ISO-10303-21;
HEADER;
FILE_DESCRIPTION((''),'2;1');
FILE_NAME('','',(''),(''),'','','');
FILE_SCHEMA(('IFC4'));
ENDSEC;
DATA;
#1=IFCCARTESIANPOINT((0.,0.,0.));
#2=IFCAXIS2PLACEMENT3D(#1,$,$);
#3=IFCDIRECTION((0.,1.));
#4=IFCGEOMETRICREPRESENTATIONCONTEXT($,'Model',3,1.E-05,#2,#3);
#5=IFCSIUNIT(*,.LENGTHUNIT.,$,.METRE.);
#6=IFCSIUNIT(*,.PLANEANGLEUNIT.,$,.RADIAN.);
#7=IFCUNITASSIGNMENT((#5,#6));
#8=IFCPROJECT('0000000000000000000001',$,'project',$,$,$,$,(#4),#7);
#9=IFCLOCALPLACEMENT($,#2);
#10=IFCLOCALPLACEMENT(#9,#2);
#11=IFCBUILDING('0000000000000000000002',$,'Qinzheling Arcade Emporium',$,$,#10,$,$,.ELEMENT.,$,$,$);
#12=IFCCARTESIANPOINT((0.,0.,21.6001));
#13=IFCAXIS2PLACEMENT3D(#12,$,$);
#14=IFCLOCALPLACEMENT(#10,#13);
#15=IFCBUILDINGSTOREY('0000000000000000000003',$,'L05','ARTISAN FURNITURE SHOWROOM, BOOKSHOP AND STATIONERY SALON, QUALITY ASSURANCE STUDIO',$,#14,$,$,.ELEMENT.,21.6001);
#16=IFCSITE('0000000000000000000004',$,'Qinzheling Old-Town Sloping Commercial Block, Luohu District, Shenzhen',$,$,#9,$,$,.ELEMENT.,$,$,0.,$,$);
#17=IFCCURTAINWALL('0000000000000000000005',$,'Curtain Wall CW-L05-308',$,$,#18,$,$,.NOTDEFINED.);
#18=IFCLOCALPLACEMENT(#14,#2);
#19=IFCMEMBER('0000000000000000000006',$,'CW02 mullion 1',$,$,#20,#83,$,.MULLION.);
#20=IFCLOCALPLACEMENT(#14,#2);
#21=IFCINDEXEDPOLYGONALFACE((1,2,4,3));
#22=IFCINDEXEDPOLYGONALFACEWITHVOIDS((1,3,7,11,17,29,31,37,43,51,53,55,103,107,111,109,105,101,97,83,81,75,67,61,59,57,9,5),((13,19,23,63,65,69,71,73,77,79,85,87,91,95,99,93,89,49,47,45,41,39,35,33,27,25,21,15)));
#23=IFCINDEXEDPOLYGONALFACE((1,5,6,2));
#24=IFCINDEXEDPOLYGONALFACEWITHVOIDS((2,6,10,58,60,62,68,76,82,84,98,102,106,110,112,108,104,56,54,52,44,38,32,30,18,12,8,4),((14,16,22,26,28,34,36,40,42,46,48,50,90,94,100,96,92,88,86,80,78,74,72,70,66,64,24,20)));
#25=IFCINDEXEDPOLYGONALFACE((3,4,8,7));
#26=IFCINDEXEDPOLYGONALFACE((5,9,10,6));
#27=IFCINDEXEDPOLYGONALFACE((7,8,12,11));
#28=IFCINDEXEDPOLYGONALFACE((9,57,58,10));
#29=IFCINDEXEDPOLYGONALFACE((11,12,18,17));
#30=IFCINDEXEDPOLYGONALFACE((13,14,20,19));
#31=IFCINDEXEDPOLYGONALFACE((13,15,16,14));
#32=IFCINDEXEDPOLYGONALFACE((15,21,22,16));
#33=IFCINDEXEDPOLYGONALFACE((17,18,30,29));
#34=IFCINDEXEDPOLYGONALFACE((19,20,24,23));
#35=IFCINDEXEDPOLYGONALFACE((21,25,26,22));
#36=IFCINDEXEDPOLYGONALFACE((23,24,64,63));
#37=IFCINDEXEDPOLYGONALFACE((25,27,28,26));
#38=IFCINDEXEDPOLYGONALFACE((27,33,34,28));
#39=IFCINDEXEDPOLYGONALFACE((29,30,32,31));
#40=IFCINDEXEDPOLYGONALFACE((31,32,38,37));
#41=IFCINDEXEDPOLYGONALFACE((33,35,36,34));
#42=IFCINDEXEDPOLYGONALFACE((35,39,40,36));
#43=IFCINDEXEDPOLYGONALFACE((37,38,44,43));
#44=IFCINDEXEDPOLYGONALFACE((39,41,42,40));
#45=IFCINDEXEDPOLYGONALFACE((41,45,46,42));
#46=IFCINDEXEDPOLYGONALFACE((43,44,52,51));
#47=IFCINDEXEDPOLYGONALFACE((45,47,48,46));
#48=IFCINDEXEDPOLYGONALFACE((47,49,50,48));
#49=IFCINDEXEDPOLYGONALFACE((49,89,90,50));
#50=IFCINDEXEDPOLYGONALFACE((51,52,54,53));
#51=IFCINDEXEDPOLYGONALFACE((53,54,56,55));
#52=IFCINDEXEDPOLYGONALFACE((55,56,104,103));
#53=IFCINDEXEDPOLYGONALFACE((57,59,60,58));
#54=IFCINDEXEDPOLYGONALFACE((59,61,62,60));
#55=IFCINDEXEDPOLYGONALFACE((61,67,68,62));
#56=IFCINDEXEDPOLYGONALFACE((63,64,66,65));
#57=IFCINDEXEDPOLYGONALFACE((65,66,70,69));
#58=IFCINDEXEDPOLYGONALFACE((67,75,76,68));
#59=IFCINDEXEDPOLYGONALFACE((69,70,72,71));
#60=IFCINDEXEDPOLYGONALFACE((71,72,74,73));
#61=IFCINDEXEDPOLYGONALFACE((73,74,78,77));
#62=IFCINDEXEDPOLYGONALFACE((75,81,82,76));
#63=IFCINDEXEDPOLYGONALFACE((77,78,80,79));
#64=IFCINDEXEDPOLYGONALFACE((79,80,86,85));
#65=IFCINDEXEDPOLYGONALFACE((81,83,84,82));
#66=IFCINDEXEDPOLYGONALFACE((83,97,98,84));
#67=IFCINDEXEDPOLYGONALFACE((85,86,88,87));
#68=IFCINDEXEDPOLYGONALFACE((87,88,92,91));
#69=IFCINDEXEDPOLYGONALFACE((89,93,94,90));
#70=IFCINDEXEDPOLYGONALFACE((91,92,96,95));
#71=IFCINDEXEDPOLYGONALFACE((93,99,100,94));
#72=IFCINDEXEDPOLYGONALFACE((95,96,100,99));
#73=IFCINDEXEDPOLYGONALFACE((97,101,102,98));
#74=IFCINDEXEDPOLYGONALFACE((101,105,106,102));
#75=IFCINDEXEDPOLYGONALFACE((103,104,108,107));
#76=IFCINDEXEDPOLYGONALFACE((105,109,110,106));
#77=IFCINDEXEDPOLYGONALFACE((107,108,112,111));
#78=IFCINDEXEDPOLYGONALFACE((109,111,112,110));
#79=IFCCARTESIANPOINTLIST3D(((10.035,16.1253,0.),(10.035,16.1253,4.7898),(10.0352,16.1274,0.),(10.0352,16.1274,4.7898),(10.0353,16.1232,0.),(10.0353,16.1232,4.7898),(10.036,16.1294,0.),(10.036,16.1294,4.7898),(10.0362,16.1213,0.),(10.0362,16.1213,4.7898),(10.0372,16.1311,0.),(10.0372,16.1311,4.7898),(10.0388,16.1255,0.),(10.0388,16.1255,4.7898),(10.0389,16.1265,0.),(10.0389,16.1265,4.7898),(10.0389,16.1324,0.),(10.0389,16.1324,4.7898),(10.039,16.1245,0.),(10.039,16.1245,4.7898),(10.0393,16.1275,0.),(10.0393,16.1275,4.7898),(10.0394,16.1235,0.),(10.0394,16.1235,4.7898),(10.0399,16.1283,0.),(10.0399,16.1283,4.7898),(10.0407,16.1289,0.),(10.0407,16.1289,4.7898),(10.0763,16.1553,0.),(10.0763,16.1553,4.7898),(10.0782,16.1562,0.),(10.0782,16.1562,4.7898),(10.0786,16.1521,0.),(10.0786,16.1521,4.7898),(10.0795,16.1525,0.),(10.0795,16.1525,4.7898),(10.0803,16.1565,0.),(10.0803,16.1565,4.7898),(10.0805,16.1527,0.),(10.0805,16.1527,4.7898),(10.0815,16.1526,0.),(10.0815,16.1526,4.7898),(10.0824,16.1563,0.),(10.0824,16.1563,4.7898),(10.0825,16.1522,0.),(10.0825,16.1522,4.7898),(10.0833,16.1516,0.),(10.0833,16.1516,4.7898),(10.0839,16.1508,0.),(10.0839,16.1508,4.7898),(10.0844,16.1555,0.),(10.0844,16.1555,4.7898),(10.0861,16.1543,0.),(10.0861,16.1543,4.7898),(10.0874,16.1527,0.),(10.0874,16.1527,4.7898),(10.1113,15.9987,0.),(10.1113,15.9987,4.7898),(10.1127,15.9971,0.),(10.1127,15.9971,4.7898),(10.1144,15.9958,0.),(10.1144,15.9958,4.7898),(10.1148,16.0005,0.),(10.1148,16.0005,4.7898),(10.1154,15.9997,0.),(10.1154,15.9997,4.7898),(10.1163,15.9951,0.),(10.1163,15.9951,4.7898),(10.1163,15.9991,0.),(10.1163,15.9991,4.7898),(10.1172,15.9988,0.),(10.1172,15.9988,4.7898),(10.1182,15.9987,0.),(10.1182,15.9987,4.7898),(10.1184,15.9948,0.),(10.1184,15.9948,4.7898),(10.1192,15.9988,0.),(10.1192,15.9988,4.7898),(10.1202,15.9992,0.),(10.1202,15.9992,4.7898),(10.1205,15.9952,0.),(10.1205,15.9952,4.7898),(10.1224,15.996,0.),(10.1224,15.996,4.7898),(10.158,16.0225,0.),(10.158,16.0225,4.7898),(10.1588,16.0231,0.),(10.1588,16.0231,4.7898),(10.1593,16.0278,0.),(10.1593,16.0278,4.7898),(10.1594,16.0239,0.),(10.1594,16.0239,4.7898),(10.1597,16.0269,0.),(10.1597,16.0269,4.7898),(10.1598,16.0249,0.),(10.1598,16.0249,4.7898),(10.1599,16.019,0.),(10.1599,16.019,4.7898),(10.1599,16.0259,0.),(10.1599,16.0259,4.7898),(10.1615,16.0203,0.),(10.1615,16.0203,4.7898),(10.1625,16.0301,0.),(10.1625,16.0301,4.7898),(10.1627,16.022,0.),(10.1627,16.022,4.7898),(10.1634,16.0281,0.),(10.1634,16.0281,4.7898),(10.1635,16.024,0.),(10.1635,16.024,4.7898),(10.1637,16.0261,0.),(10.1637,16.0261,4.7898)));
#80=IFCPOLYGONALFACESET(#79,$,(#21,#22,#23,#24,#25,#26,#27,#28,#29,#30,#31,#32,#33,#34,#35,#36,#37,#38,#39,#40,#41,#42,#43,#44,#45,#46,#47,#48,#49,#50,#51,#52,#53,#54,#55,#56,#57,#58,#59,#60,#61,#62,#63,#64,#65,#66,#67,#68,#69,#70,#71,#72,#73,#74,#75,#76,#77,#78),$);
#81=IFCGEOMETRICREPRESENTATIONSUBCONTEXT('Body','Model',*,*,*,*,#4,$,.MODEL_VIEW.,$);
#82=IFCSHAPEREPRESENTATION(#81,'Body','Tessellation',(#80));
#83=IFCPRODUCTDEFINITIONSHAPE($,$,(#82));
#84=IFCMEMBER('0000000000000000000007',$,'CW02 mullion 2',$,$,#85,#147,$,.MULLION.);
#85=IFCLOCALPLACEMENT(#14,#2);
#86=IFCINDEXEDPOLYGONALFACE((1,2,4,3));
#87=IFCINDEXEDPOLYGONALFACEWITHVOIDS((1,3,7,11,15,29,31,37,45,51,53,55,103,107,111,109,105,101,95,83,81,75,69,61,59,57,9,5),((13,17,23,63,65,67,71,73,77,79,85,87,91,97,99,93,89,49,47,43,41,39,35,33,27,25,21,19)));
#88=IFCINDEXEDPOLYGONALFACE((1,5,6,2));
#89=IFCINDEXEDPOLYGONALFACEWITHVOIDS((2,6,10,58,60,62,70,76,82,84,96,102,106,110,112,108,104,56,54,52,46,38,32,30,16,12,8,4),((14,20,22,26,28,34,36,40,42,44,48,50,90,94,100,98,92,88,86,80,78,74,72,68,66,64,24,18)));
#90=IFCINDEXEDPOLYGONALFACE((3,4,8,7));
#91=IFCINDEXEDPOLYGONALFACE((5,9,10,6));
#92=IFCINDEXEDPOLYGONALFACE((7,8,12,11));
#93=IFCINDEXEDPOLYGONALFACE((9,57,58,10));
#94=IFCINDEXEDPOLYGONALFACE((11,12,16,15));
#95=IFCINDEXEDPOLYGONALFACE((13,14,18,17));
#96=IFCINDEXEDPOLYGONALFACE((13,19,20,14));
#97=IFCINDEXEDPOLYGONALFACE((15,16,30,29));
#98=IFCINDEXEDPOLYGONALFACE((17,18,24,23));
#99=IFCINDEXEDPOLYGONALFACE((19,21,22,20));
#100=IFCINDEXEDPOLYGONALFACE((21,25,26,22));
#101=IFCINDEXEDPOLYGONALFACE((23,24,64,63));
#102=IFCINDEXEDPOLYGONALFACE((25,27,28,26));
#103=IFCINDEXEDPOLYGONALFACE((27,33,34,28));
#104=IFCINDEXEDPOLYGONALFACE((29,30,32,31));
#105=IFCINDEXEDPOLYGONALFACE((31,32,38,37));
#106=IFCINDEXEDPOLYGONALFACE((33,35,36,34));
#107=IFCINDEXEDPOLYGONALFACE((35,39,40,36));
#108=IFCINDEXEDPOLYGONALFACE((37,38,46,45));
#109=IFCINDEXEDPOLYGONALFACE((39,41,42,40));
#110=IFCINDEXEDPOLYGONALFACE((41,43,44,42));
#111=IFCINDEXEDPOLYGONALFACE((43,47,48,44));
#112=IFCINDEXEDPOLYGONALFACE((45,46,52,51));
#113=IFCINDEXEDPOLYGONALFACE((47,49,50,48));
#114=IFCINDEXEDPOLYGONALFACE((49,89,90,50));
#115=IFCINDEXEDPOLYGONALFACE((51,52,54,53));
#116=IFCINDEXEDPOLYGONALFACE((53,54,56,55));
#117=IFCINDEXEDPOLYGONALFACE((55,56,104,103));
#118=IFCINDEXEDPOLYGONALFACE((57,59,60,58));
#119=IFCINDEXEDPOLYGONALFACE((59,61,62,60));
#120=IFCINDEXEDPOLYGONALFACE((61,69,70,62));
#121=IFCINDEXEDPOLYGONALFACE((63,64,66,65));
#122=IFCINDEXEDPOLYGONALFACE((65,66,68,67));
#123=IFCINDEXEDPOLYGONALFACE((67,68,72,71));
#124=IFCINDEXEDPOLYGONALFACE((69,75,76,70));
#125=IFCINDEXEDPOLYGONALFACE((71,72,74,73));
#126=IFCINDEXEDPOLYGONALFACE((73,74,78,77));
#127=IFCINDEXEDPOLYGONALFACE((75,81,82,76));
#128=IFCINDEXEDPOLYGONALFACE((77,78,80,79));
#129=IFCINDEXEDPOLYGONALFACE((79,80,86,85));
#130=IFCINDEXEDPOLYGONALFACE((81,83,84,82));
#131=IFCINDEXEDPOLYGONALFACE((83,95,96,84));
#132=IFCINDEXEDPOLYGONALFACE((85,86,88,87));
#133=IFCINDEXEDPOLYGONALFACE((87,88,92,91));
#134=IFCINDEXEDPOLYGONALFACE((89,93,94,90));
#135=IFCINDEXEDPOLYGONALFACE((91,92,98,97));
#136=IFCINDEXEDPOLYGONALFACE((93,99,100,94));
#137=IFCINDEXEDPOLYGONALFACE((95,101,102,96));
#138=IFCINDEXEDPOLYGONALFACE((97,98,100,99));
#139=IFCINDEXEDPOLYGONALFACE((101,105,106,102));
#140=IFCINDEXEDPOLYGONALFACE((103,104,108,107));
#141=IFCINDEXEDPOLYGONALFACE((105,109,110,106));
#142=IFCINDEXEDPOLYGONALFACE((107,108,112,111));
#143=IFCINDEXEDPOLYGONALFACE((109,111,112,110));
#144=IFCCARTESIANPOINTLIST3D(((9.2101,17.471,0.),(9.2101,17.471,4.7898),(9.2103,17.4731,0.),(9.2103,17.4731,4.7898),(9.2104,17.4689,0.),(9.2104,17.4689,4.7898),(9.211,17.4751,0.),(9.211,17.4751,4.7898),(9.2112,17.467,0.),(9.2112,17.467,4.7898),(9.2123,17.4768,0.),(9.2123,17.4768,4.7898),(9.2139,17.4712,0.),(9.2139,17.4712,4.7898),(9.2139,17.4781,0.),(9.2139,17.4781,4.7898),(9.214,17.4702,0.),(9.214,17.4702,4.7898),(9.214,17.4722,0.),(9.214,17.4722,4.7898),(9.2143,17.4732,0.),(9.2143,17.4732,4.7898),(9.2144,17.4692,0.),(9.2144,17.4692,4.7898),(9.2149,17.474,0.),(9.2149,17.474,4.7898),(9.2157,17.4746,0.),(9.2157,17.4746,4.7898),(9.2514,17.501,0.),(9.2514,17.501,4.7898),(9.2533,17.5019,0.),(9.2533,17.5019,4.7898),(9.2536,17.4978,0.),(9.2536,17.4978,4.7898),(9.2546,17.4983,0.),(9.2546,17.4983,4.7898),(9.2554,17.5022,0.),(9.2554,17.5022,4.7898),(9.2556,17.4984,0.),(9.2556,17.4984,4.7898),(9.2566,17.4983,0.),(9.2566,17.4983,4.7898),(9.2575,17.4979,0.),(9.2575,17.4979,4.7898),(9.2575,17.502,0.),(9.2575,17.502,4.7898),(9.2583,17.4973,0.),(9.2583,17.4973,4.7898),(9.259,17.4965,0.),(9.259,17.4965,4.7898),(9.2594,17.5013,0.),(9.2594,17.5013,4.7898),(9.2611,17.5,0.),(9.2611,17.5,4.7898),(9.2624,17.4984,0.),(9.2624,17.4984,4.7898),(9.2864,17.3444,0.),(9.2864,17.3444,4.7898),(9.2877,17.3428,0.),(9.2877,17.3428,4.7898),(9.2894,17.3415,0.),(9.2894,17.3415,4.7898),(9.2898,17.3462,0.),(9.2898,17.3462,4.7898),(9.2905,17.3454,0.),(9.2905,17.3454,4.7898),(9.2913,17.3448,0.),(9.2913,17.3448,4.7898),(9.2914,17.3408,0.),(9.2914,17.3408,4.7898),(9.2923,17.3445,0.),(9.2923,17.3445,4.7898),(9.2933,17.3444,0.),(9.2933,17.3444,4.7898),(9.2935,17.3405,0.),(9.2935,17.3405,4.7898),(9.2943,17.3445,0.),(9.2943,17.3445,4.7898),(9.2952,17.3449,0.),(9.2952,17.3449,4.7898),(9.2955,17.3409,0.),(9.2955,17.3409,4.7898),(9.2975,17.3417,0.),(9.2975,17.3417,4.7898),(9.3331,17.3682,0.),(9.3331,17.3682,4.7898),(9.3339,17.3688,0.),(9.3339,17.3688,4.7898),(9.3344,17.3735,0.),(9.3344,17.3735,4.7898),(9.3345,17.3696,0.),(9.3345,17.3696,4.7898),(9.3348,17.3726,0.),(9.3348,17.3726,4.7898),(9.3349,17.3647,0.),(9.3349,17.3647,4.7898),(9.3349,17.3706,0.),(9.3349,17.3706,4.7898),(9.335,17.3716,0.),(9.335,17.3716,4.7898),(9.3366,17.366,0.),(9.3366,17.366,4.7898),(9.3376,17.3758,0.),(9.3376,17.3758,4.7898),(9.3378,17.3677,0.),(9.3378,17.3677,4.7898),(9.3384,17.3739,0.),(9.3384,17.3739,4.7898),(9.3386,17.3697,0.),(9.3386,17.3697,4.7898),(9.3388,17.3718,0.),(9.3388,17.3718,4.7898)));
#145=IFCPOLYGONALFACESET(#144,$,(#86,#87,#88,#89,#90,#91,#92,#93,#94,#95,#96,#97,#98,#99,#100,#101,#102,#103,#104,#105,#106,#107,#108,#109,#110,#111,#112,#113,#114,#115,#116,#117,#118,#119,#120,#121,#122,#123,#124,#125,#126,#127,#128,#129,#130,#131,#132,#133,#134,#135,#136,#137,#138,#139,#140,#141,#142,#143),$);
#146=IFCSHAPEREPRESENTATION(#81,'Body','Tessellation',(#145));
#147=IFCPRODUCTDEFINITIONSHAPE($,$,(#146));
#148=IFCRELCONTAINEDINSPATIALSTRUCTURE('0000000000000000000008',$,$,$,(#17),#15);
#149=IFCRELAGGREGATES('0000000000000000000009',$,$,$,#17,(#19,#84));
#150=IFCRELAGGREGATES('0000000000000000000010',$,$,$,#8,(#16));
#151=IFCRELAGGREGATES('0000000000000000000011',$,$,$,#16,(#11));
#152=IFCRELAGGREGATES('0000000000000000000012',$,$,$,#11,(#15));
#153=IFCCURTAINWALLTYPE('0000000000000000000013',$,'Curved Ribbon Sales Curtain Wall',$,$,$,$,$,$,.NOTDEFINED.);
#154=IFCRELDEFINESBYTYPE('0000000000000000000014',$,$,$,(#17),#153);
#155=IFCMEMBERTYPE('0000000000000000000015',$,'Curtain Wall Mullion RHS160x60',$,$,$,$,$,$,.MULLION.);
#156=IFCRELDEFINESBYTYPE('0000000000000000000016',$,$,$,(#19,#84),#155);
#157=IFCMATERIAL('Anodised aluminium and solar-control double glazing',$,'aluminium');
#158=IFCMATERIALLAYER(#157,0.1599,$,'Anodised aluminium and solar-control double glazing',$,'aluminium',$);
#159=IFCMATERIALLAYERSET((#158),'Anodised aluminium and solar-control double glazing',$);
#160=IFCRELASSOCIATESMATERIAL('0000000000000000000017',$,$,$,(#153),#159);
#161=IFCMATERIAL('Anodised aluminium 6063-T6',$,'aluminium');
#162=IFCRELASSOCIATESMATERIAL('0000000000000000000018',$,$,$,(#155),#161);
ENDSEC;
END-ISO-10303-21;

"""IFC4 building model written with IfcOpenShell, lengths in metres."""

from ifc_helpers import new_model, si_unit, direction, frame, origin, origin_2d, place, context, subcontext, project, spatial, hollow_rectangle, extrude, material, layer, layer_set, material_profile, profile_set, type_object, element, aggregate, save


model = new_model("IFC4")

# Units and contexts
model_context = context("Model", 3, precision=1e-05, world=origin(), true_north=direction((0.0, 1.0)))
body_context = subcontext(model_context, "Body", "Model", "MODEL_VIEW")
ifc_project = project(units=[si_unit("LENGTHUNIT", "METRE"), si_unit("PLANEANGLEUNIT", "RADIAN")], contexts=[model_context])

# Site, building, storey
site_placement = place(None, origin())
site = spatial("IfcSite", under=ifc_project, at=site_placement, Name="Qinzheling Old-Town Sloping Commercial Block, Luohu District, Shenzhen", CompositionType="ELEMENT", RefElevation=0.0)
building_placement = place(site_placement, origin())
building = spatial("IfcBuilding", under=site, at=building_placement, Name="Qinzheling Arcade Emporium", CompositionType="ELEMENT")
storey_placement = place(building_placement, frame((0.0, 0.0, 21.6001)))
storey = spatial("IfcBuildingStorey", under=building, at=storey_placement, Name="L05", Description="ARTISAN FURNITURE SHOWROOM, BOOKSHOP AND STATIONERY SALON, QUALITY ASSURANCE STUDIO", CompositionType="ELEMENT", Elevation=21.6001)

# Curtain wall, members
ifc_material_1 = material(Name="Anodised aluminium and solar-control double glazing", Category="aluminium")
ifc_layer_1 = layer(ifc_material_1, 0.1599, Name="Anodised aluminium and solar-control double glazing", Category="aluminium")
ifc_layer_set_1 = layer_set([ifc_layer_1], Name="Anodised aluminium and solar-control double glazing")
curtain_wall_type = type_object("IfcCurtainWallType", Name="Curved Ribbon Sales Curtain Wall", PredefinedType="NOTDEFINED", material=ifc_layer_set_1)
ifc_material_2 = material(Name="Anodised aluminium 6063-T6", Category="aluminium")
ifc_material_profile_1 = material_profile(ifc_material_2, hollow_rectangle(XDim=0.0601, YDim=0.1599, WallThickness=0.0039, InnerFilletRadius=0.0039, OuterFilletRadius=0.0081, at=origin_2d()), Name="RHS 160x60x4", Category="aluminium")
ifc_profile_set_1 = profile_set([ifc_material_profile_1], Name="Anodised aluminium 6063-T6")
member_type_1 = type_object("IfcMemberType", Name="Curtain Wall Mullion RHS160x60", PredefinedType="MULLION", material=ifc_profile_set_1)
curtain_wall_1_placement = place(storey_placement, origin())
curtain_wall_1 = element("IfcCurtainWall", 1, at=curtain_wall_1_placement, inside=storey, type_object=curtain_wall_type, Name="Curtain Wall CW-L05-308", PredefinedType="NOTDEFINED")
member_1_placement = place(storey_placement, frame((10.0994, 16.0757, 0.0), z_axis=(0.0, 0.0, 1.0), x_axis=(-0.852628, -0.522518, 0.0)))
member_1 = element("IfcMember", 2, at=member_1_placement, type_object=member_type_1, Name="CW02 mullion 1", PredefinedType="MULLION", context=body_context, shape_type="SweptSolid", body=[
    extrude(hollow_rectangle(XDim=0.0601, YDim=0.1599, WallThickness=0.0039, InnerFilletRadius=0.0039, OuterFilletRadius=0.0081, at=origin_2d()), origin(), (0.0, 0.0, 1.0), 4.7898),
])
member_2_placement = place(storey_placement, frame((9.2744, 17.4214, 0.0), z_axis=(0.0, 0.0, 1.0), x_axis=(-0.852628, -0.522518, 0.0)))
member_2 = element("IfcMember", 3, at=member_2_placement, type_object=member_type_1, Name="CW02 mullion 2", PredefinedType="MULLION", context=body_context, shape_type="SweptSolid", body=[
    extrude(hollow_rectangle(XDim=0.0601, YDim=0.1599, WallThickness=0.0039, InnerFilletRadius=0.0039, OuterFilletRadius=0.0081, at=origin_2d()), origin(), (0.0, 0.0, 1.0), 4.7898),
])

aggregate(curtain_wall_1, [member_1, member_2])

save(model, "model.ifc")
